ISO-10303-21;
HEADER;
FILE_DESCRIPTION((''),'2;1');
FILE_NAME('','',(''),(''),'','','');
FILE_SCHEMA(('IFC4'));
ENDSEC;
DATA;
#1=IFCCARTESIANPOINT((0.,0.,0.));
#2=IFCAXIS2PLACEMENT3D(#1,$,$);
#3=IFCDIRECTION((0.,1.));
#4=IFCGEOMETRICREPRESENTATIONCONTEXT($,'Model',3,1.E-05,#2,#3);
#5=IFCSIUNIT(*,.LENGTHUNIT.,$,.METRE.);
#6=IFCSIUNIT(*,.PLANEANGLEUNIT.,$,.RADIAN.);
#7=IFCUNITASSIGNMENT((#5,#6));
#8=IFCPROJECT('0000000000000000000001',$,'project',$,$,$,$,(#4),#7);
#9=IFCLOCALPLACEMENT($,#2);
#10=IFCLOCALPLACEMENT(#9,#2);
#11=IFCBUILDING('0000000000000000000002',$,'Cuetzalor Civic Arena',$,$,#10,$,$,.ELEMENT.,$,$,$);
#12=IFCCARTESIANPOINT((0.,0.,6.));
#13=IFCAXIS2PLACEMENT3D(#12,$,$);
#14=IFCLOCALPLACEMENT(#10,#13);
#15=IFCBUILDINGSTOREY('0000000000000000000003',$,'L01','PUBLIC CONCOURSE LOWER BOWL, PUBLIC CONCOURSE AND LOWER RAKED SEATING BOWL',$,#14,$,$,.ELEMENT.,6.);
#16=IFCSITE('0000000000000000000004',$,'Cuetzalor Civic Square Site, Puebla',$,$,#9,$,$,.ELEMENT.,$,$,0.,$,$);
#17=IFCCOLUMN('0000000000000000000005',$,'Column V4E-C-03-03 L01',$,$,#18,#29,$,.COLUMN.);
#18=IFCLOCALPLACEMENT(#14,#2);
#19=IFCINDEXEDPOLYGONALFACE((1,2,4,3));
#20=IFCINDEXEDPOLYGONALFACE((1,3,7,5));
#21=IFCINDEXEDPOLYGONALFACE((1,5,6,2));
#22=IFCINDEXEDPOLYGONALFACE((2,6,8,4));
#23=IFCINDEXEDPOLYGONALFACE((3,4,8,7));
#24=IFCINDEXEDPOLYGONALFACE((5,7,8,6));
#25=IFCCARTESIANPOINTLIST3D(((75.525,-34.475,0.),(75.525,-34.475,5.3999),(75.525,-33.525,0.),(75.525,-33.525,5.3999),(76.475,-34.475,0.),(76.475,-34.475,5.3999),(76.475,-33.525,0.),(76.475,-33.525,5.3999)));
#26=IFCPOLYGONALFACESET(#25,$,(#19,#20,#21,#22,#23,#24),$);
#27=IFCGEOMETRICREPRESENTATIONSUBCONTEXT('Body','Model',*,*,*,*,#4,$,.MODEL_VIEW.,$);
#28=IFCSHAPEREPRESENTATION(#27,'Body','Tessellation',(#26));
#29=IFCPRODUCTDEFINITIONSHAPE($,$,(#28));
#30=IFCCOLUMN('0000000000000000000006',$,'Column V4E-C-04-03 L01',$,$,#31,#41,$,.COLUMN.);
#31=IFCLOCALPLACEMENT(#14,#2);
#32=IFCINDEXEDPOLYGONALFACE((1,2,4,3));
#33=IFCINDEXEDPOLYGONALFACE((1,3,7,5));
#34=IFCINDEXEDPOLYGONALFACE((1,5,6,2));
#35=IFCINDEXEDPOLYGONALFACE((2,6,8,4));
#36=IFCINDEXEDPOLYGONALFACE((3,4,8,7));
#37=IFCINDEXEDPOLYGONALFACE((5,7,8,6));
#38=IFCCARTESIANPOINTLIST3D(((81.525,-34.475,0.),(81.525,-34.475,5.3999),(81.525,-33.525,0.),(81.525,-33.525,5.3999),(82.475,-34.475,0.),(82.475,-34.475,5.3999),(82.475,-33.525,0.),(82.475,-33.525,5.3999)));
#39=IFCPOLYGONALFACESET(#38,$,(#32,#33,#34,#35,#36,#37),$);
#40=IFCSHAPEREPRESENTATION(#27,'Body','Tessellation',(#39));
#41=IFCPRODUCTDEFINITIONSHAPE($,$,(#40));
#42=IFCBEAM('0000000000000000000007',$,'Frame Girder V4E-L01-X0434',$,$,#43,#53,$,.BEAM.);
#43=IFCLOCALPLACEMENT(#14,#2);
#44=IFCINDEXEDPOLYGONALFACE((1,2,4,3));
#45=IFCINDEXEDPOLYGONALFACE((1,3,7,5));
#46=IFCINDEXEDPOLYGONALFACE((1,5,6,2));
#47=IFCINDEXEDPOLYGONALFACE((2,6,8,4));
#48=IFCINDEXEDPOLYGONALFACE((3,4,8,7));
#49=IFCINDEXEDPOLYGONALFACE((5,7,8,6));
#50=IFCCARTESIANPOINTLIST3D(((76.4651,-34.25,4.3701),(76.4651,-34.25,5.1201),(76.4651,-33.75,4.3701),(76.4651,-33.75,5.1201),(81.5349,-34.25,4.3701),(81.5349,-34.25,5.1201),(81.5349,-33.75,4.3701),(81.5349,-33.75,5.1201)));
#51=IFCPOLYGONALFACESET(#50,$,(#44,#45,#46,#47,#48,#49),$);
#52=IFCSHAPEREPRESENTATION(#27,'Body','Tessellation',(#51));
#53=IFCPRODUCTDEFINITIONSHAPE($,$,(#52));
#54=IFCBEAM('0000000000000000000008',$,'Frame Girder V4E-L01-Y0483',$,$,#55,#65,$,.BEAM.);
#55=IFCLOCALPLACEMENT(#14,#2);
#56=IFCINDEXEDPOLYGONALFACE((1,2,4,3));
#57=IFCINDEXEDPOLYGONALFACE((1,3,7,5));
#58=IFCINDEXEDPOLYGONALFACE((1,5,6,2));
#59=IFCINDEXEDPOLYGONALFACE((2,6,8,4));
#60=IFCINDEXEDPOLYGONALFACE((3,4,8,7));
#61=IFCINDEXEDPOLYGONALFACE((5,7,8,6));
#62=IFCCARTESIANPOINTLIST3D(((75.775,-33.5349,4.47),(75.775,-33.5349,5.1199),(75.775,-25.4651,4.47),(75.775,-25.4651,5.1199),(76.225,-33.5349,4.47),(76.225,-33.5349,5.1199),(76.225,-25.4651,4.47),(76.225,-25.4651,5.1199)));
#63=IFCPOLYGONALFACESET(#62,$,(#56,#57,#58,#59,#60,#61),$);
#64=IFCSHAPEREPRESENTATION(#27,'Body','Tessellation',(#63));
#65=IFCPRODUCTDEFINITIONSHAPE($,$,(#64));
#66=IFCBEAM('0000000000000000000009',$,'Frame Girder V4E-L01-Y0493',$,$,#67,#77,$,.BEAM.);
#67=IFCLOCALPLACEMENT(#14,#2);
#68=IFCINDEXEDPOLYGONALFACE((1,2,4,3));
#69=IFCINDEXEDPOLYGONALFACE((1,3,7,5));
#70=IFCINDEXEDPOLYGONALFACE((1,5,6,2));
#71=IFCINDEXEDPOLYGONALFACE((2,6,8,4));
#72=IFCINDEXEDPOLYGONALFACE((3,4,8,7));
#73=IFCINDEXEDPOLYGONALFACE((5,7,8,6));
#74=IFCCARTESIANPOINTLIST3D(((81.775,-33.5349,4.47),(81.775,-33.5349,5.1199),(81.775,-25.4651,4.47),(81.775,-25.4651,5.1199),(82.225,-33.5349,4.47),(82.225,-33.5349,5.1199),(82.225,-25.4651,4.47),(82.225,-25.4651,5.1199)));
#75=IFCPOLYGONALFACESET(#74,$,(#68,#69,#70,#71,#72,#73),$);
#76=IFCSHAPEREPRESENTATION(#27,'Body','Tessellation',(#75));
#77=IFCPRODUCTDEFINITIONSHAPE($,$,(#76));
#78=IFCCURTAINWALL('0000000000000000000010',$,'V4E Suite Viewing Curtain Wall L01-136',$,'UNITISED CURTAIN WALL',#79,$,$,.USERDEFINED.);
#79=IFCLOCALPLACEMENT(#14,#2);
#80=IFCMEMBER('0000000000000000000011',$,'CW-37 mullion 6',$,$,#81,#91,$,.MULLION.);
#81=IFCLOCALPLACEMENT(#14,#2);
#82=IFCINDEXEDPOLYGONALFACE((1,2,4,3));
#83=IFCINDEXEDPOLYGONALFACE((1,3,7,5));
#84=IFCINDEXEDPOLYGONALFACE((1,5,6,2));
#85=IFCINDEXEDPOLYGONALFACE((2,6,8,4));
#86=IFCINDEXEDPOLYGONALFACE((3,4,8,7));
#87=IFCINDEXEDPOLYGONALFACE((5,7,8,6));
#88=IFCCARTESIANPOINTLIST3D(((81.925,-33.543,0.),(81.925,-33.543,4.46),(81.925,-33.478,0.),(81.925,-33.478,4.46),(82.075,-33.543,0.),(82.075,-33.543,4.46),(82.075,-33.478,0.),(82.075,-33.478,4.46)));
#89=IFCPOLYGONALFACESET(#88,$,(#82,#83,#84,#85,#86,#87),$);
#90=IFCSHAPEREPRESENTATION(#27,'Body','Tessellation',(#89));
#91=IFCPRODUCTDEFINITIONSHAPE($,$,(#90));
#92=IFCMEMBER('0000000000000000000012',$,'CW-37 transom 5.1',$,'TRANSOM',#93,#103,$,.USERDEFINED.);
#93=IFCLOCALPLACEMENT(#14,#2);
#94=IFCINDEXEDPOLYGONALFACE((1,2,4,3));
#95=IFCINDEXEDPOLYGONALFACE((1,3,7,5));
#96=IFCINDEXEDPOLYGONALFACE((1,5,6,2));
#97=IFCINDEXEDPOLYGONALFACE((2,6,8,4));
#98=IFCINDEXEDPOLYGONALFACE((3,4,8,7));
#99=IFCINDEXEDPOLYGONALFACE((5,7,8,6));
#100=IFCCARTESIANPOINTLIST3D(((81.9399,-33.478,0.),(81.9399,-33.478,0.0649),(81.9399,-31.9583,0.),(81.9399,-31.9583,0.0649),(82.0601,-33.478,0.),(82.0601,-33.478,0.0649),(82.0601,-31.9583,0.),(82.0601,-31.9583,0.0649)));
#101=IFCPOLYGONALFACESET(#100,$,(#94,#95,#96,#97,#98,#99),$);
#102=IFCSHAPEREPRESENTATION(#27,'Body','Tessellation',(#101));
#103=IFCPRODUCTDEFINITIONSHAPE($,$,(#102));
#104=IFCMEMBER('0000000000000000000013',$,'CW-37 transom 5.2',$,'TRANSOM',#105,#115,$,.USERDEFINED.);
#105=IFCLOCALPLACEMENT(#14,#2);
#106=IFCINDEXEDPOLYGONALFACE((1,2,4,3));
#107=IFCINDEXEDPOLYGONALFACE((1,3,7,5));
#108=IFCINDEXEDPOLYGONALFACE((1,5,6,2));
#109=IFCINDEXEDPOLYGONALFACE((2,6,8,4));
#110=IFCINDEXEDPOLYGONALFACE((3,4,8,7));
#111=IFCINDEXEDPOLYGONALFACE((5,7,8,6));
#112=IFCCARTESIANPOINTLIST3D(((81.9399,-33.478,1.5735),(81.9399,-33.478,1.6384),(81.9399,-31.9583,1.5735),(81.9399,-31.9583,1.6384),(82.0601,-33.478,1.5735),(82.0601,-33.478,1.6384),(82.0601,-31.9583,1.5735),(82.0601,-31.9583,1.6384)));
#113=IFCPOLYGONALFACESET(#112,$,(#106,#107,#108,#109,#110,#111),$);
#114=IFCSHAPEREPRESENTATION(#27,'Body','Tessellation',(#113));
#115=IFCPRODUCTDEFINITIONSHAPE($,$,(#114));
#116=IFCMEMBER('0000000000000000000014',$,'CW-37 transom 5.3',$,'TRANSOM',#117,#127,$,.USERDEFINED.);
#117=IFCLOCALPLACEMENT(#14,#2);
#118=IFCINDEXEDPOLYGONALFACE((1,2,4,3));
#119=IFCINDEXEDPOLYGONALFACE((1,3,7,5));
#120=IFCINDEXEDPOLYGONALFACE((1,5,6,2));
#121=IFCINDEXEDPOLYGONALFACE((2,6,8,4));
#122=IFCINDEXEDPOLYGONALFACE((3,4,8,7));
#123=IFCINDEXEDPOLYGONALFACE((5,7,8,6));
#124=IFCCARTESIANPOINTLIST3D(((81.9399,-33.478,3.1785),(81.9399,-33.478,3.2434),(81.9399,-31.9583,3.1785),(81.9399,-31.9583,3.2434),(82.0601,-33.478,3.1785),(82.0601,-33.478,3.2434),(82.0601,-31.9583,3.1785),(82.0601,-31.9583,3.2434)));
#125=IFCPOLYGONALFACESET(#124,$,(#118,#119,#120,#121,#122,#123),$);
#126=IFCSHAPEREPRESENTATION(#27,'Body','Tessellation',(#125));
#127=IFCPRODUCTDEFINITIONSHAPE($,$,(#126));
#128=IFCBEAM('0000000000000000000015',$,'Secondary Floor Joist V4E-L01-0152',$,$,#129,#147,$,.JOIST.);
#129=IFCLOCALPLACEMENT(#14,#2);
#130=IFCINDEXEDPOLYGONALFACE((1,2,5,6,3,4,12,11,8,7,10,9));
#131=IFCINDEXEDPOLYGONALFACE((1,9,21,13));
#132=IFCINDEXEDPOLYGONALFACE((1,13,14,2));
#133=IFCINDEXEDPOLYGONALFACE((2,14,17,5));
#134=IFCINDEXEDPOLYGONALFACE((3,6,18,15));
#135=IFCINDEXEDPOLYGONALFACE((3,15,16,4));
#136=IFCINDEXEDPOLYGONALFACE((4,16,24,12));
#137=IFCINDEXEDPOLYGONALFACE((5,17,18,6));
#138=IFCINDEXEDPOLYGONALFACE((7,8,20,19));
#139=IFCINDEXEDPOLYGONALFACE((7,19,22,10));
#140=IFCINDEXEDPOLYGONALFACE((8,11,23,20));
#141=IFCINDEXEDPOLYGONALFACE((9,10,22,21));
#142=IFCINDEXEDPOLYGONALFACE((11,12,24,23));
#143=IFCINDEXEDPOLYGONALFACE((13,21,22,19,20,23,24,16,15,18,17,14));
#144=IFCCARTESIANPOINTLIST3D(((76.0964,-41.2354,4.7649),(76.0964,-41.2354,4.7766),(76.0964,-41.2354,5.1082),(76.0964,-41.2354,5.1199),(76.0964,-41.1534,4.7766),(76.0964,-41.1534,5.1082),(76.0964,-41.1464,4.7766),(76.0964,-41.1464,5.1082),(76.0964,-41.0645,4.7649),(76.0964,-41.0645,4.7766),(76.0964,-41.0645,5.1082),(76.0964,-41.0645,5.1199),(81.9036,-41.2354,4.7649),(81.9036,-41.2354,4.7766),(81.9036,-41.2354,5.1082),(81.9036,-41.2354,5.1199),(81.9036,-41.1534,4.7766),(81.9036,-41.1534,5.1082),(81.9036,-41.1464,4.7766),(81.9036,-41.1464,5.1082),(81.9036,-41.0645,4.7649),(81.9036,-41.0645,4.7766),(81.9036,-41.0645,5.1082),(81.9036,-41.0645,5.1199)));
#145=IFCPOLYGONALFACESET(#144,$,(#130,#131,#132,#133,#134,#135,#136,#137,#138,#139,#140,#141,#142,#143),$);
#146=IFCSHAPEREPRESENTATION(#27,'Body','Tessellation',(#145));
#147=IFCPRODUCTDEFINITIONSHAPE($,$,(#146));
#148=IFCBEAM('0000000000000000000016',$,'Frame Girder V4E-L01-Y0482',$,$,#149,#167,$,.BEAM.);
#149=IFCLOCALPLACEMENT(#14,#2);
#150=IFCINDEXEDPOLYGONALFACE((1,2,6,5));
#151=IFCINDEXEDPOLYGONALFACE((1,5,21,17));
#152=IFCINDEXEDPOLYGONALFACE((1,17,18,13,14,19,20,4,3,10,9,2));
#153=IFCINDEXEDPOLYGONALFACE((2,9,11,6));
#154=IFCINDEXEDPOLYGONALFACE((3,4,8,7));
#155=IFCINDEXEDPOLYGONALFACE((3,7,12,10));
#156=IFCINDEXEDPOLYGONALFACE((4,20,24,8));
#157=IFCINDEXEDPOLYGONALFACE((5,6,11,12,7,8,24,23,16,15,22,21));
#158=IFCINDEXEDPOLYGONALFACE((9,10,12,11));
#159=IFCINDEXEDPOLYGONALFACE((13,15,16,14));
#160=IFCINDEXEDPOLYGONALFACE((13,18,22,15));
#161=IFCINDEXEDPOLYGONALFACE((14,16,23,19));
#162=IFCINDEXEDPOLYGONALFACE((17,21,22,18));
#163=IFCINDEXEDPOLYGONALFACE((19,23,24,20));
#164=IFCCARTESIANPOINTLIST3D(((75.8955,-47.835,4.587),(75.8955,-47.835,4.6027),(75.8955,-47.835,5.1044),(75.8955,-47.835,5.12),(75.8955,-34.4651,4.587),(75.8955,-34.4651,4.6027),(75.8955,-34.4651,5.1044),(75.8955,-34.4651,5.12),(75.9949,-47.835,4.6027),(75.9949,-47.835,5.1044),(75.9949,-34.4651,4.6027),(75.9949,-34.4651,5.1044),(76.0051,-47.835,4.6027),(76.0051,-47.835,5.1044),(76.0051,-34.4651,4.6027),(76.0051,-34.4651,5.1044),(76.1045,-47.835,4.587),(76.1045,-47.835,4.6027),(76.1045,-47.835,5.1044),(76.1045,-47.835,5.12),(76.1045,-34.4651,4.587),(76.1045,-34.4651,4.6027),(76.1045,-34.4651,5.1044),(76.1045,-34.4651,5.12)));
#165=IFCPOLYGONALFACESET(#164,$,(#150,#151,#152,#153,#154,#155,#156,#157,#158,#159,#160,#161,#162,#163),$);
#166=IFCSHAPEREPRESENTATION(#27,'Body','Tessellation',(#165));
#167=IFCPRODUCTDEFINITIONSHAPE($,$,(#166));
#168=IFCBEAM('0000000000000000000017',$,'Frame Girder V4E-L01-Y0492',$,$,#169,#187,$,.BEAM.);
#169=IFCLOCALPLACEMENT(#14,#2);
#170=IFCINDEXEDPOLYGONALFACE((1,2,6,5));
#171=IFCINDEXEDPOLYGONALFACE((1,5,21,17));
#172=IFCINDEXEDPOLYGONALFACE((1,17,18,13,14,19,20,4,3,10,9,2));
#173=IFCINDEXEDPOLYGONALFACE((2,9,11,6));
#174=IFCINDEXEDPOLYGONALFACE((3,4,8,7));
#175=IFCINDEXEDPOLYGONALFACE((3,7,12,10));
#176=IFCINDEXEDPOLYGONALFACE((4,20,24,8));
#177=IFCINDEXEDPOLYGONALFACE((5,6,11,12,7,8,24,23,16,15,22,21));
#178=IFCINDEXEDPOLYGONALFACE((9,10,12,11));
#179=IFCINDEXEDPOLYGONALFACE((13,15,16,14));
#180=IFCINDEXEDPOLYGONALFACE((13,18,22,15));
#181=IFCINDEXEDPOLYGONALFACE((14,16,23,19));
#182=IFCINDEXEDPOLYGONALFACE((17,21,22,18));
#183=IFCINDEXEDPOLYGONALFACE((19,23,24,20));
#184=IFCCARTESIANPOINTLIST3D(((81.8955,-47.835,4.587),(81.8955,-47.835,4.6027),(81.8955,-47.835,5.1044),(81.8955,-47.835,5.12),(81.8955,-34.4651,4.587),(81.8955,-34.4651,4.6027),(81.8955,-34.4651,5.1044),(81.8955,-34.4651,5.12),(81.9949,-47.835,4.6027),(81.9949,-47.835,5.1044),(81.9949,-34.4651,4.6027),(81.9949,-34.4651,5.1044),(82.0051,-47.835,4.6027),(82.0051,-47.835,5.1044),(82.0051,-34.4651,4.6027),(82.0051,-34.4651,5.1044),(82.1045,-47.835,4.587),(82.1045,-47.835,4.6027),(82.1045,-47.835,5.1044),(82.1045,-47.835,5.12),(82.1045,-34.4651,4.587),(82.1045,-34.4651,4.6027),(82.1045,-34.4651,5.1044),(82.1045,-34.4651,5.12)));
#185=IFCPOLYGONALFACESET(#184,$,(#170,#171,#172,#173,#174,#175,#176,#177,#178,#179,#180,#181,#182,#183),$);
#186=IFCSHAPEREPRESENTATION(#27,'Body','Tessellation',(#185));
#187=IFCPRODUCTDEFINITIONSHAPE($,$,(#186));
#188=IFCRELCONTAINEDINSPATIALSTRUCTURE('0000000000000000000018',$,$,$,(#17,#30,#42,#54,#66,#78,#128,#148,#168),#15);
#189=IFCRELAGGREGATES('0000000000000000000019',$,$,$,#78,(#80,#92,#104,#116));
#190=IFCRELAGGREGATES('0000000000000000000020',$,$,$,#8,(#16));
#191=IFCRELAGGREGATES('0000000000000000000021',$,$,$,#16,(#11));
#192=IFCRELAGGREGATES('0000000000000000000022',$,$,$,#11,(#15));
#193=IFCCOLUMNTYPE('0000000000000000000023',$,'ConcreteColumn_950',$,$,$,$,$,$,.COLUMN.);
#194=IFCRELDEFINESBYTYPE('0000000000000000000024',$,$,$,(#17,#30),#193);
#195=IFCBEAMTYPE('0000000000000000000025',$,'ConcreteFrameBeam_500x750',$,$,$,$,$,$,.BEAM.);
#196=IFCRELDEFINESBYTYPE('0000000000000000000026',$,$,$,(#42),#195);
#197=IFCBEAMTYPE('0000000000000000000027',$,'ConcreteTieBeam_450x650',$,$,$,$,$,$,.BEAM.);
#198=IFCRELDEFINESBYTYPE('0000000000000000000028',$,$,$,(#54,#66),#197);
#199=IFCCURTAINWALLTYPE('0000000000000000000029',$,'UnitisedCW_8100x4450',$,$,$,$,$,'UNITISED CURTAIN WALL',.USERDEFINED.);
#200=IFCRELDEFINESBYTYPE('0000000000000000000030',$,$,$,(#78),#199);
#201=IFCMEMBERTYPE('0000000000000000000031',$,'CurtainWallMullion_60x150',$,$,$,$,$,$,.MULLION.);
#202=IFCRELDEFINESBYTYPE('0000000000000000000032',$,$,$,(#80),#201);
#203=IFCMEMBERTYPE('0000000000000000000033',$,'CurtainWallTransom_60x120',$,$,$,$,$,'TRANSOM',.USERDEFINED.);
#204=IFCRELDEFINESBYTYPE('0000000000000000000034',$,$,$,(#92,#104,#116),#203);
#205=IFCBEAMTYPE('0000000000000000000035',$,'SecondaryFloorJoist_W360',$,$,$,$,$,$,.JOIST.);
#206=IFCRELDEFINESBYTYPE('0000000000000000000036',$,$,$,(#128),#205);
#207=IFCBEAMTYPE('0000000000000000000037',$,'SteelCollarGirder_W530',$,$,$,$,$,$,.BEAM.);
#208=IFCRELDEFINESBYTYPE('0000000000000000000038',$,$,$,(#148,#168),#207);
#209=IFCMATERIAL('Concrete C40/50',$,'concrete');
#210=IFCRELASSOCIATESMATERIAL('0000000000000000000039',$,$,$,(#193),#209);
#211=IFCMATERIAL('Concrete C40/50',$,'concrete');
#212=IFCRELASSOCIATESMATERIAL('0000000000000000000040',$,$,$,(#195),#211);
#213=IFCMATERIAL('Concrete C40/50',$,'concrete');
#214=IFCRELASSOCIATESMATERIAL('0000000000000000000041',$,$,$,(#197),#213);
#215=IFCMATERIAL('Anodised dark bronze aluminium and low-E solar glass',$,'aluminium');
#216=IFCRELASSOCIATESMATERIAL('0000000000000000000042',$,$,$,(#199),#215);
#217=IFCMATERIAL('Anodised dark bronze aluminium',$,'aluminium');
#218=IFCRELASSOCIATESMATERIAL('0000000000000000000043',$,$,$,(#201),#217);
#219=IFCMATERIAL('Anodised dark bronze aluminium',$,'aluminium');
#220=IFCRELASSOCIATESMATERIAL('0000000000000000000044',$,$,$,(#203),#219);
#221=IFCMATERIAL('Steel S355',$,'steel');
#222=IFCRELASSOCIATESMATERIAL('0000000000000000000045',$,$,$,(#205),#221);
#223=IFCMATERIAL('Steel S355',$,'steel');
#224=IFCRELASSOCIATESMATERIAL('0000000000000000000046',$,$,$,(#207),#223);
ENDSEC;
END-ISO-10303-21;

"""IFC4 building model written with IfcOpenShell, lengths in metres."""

from ifc_helpers import new_model, si_unit, direction, frame, origin, origin_2d, place, context, subcontext, project, spatial, rectangle, i_section, extrude, material, material_profile, profile_set, type_object, element, aggregate, save


model = new_model("IFC4")

# Units and contexts
model_context = context("Model", 3, precision=1e-05, world=origin(), true_north=direction((0.0, 1.0)))
body_context = subcontext(model_context, "Body", "Model", "MODEL_VIEW")
ifc_project = project(units=[si_unit("LENGTHUNIT", "METRE"), si_unit("PLANEANGLEUNIT", "RADIAN")], contexts=[model_context])

# Site, building, storey
site_placement = place(None, origin())
site = spatial("IfcSite", under=ifc_project, at=site_placement, Name="Cuetzalor Civic Square Site, Puebla", CompositionType="ELEMENT", RefElevation=0.0)
building_placement = place(site_placement, origin())
building = spatial("IfcBuilding", under=site, at=building_placement, Name="Cuetzalor Civic Arena", CompositionType="ELEMENT")
storey_placement = place(building_placement, frame((0.0, 0.0, 6.0)))
storey = spatial("IfcBuildingStorey", under=building, at=storey_placement, Name="L01", Description="PUBLIC CONCOURSE LOWER BOWL, PUBLIC CONCOURSE AND LOWER RAKED SEATING BOWL", CompositionType="ELEMENT", Elevation=6.0)

# Columns
ifc_material_1 = material(Name="Concrete C40/50", Category="concrete")
ifc_material_profile_1 = material_profile(ifc_material_1, rectangle(XDim=0.95, YDim=0.95, at=origin_2d()), Name="RC 950x950")
ifc_profile_set_1 = profile_set([ifc_material_profile_1], Name="Concrete C40/50")
column_type = type_object("IfcColumnType", Name="ConcreteColumn_950", PredefinedType="COLUMN", material=ifc_profile_set_1)
for number, where, z_axis, x_axis, name in (
    (1, (76.0, -34.0, 0.0), (0.0, 0.0, 1.0), (1.0, 0.0, 0.0), "Column V4E-C-03-03 L01"),
    (2, (82.0, -34.0, 0.0), (0.0, 0.0, 1.0), (1.0, 0.0, 0.0), "Column V4E-C-04-03 L01"),
):
    element("IfcColumn", number, at=place(storey_placement, frame(where, z_axis=z_axis, x_axis=x_axis)), inside=storey, type_object=column_type, Name=name, PredefinedType="COLUMN", context=body_context, shape_type="SweptSolid", body=[
        extrude(rectangle(XDim=0.95, YDim=0.95, at=origin_2d()), origin(), (0.0, 0.0, 1.0), 5.3999),
    ])

# Beams
ifc_material_2 = material(Name="Concrete C40/50", Category="concrete")
ifc_material_profile_2 = material_profile(ifc_material_2, rectangle(XDim=0.5, YDim=0.75, at=origin_2d()), Name="RC 500x750")
ifc_profile_set_2 = profile_set([ifc_material_profile_2], Name="Concrete C40/50")
beam_type_1 = type_object("IfcBeamType", Name="ConcreteFrameBeam_500x750", PredefinedType="BEAM", material=ifc_profile_set_2)
beam_1_placement = place(storey_placement, frame((76.4651, -34.0, 4.7451), z_axis=(1.0, 0.0, 0.0), x_axis=(0.0, 1.0, 0.0)))
element("IfcBeam", 3, at=beam_1_placement, inside=storey, type_object=beam_type_1, Name="Frame Girder V4E-L01-X0434", PredefinedType="BEAM", context=body_context, shape_type="SweptSolid", body=[
    extrude(rectangle(XDim=0.5, YDim=0.75, at=origin_2d()), origin(), (0.0, 0.0, 1.0), 5.0698),
])
ifc_material_3 = material(Name="Concrete C40/50", Category="concrete")
ifc_material_profile_3 = material_profile(ifc_material_3, rectangle(XDim=0.45, YDim=0.6499, at=origin_2d()), Name="RC 450x650")
ifc_profile_set_3 = profile_set([ifc_material_profile_3], Name="Concrete C40/50")
beam_type_2 = type_object("IfcBeamType", Name="ConcreteTieBeam_450x650", PredefinedType="BEAM", material=ifc_profile_set_3)
for number, where, z_axis, x_axis, name in (
    (4, (76.0, -33.5349, 4.7949), (0.0, 1.0, 0.0), (-1.0, 0.0, 0.0), "Frame Girder V4E-L01-Y0483"),
    (5, (82.0, -33.5349, 4.7949), (0.0, 1.0, 0.0), (-1.0, 0.0, 0.0), "Frame Girder V4E-L01-Y0493"),
):
    element("IfcBeam", number, at=place(storey_placement, frame(where, z_axis=z_axis, x_axis=x_axis)), inside=storey, type_object=beam_type_2, Name=name, PredefinedType="BEAM", context=body_context, shape_type="SweptSolid", body=[
        extrude(rectangle(XDim=0.45, YDim=0.6499, at=origin_2d()), origin(), (0.0, 0.0, 1.0), 8.0698),
    ])

# Curtain wall, members
ifc_material_4 = material(Name="Anodised dark bronze aluminium and low-E solar glass", Category="aluminium")
curtain_wall_type = type_object("IfcCurtainWallType", Name="UnitisedCW_8100x4450", ElementType="UNITISED CURTAIN WALL", PredefinedType="USERDEFINED", material=ifc_material_4)
curtain_wall_placement = place(storey_placement, origin())
curtain_wall = element("IfcCurtainWall", 6, at=curtain_wall_placement, inside=storey, type_object=curtain_wall_type, Name="V4E Suite Viewing Curtain Wall L01-136", ObjectType="UNITISED CURTAIN WALL", PredefinedType="USERDEFINED")
ifc_material_5 = material(Name="Anodised dark bronze aluminium", Category="aluminium")
ifc_material_profile_4 = material_profile(ifc_material_5, rectangle(XDim=0.0649, YDim=0.1499, at=origin_2d()), Name="ALU MULLION 65x150")
ifc_profile_set_4 = profile_set([ifc_material_profile_4], Name="Anodised dark bronze aluminium")
member_type_1 = type_object("IfcMemberType", Name="CurtainWallMullion_60x150", PredefinedType="MULLION", material=ifc_profile_set_4)
member_1_placement = place(storey_placement, frame((82.0, -33.5105, 0.0), z_axis=(0.0, 0.0, 1.0), x_axis=(0.0, -1.0, 0.0)))
member_1 = element("IfcMember", 7, at=member_1_placement, type_object=member_type_1, Name="CW-37 mullion 6", PredefinedType="MULLION", context=body_context, shape_type="SweptSolid", body=[
    extrude(rectangle(XDim=0.0649, YDim=0.1499, at=origin_2d()), origin(), (0.0, 0.0, 1.0), 4.46),
])
ifc_material_6 = material(Name="Anodised dark bronze aluminium", Category="aluminium")
ifc_material_profile_5 = material_profile(ifc_material_6, rectangle(XDim=0.1201, YDim=0.0649, at=origin_2d()), Name="ALU TRANSOM 65x120")
ifc_profile_set_5 = profile_set([ifc_material_profile_5], Name="Anodised dark bronze aluminium")
member_type_2 = type_object("IfcMemberType", Name="CurtainWallTransom_60x120", ElementType="TRANSOM", PredefinedType="USERDEFINED", material=ifc_profile_set_5)
member_2_placement = place(storey_placement, frame((82.0, -31.9583, 0.0325), z_axis=(0.0, -1.0, 0.0), x_axis=(1.0, 0.0, 0.0)))
member_2 = element("IfcMember", 8, at=member_2_placement, type_object=member_type_2, Name="CW-37 transom 5.1", ObjectType="TRANSOM", PredefinedType="USERDEFINED", context=body_context, shape_type="SweptSolid", body=[
    extrude(rectangle(XDim=0.1201, YDim=0.0649, at=origin_2d()), origin(), (0.0, 0.0, 1.0), 1.5198),
])
member_3_placement = place(storey_placement, frame((82.0, -31.9583, 1.606), z_axis=(0.0, -1.0, 0.0), x_axis=(1.0, 0.0, 0.0)))
member_3 = element("IfcMember", 9, at=member_3_placement, type_object=member_type_2, Name="CW-37 transom 5.2", ObjectType="TRANSOM", PredefinedType="USERDEFINED", context=body_context, shape_type="SweptSolid", body=[
    extrude(rectangle(XDim=0.1201, YDim=0.0649, at=origin_2d()), origin(), (0.0, 0.0, 1.0), 1.5198),
])
member_4_placement = place(storey_placement, frame((82.0, -31.9583, 3.2109), z_axis=(0.0, -1.0, 0.0), x_axis=(1.0, 0.0, 0.0)))
member_4 = element("IfcMember", 10, at=member_4_placement, type_object=member_type_2, Name="CW-37 transom 5.3", ObjectType="TRANSOM", PredefinedType="USERDEFINED", context=body_context, shape_type="SweptSolid", body=[
    extrude(rectangle(XDim=0.1201, YDim=0.0649, at=origin_2d()), origin(), (0.0, 0.0, 1.0), 1.5198),
])

# Beams
ifc_material_7 = material(Name="Steel S355", Category="steel")
ifc_material_profile_6 = material_profile(ifc_material_7, i_section(OverallWidth=0.1709, OverallDepth=0.355, WebThickness=0.0071, FlangeThickness=0.0117, at=origin_2d()), Name="W360x51")
ifc_profile_set_6 = profile_set([ifc_material_profile_6], Name="Steel S355")
beam_type_3 = type_object("IfcBeamType", Name="SecondaryFloorJoist_W360", PredefinedType="JOIST", material=ifc_profile_set_6)
beam_2_placement = place(storey_placement, frame((76.0964, -41.1499, 4.9424), z_axis=(1.0, 0.0, 0.0), x_axis=(0.0, 1.0, 0.0)))
element("IfcBeam", 11, at=beam_2_placement, inside=storey, type_object=beam_type_3, Name="Secondary Floor Joist V4E-L01-0152", PredefinedType="JOIST", context=body_context, shape_type="SweptSolid", body=[
    extrude(i_section(OverallWidth=0.1709, OverallDepth=0.355, WebThickness=0.0071, FlangeThickness=0.0117, at=origin_2d()), origin(), (0.0, 0.0, 1.0), 5.8071),
])
ifc_material_8 = material(Name="Steel S355", Category="steel")
ifc_material_profile_7 = material_profile(ifc_material_8, i_section(OverallWidth=0.209, OverallDepth=0.533, WebThickness=0.0103, FlangeThickness=0.0156, at=origin_2d()), Name="W530x92")
ifc_profile_set_7 = profile_set([ifc_material_profile_7], Name="Steel S355")
beam_type_4 = type_object("IfcBeamType", Name="SteelCollarGirder_W530", PredefinedType="BEAM", material=ifc_profile_set_7)
for number, where, z_axis, x_axis, name in (
    (12, (76.0, -47.835, 4.8535), (0.0, 1.0, 0.0), (-1.0, 0.0, 0.0), "Frame Girder V4E-L01-Y0482"),
    (13, (82.0, -47.835, 4.8535), (0.0, 1.0, 0.0), (-1.0, 0.0, 0.0), "Frame Girder V4E-L01-Y0492"),
):
    element("IfcBeam", number, at=place(storey_placement, frame(where, z_axis=z_axis, x_axis=x_axis)), inside=storey, type_object=beam_type_4, Name=name, PredefinedType="BEAM", context=body_context, shape_type="SweptSolid", body=[
        extrude(i_section(OverallWidth=0.209, OverallDepth=0.533, WebThickness=0.0103, FlangeThickness=0.0156, at=origin_2d()), origin(), (0.0, 0.0, 1.0), 13.3699),
    ])

aggregate(curtain_wall, [member_1, member_2, member_3, member_4])

save(model, "model.ifc")
